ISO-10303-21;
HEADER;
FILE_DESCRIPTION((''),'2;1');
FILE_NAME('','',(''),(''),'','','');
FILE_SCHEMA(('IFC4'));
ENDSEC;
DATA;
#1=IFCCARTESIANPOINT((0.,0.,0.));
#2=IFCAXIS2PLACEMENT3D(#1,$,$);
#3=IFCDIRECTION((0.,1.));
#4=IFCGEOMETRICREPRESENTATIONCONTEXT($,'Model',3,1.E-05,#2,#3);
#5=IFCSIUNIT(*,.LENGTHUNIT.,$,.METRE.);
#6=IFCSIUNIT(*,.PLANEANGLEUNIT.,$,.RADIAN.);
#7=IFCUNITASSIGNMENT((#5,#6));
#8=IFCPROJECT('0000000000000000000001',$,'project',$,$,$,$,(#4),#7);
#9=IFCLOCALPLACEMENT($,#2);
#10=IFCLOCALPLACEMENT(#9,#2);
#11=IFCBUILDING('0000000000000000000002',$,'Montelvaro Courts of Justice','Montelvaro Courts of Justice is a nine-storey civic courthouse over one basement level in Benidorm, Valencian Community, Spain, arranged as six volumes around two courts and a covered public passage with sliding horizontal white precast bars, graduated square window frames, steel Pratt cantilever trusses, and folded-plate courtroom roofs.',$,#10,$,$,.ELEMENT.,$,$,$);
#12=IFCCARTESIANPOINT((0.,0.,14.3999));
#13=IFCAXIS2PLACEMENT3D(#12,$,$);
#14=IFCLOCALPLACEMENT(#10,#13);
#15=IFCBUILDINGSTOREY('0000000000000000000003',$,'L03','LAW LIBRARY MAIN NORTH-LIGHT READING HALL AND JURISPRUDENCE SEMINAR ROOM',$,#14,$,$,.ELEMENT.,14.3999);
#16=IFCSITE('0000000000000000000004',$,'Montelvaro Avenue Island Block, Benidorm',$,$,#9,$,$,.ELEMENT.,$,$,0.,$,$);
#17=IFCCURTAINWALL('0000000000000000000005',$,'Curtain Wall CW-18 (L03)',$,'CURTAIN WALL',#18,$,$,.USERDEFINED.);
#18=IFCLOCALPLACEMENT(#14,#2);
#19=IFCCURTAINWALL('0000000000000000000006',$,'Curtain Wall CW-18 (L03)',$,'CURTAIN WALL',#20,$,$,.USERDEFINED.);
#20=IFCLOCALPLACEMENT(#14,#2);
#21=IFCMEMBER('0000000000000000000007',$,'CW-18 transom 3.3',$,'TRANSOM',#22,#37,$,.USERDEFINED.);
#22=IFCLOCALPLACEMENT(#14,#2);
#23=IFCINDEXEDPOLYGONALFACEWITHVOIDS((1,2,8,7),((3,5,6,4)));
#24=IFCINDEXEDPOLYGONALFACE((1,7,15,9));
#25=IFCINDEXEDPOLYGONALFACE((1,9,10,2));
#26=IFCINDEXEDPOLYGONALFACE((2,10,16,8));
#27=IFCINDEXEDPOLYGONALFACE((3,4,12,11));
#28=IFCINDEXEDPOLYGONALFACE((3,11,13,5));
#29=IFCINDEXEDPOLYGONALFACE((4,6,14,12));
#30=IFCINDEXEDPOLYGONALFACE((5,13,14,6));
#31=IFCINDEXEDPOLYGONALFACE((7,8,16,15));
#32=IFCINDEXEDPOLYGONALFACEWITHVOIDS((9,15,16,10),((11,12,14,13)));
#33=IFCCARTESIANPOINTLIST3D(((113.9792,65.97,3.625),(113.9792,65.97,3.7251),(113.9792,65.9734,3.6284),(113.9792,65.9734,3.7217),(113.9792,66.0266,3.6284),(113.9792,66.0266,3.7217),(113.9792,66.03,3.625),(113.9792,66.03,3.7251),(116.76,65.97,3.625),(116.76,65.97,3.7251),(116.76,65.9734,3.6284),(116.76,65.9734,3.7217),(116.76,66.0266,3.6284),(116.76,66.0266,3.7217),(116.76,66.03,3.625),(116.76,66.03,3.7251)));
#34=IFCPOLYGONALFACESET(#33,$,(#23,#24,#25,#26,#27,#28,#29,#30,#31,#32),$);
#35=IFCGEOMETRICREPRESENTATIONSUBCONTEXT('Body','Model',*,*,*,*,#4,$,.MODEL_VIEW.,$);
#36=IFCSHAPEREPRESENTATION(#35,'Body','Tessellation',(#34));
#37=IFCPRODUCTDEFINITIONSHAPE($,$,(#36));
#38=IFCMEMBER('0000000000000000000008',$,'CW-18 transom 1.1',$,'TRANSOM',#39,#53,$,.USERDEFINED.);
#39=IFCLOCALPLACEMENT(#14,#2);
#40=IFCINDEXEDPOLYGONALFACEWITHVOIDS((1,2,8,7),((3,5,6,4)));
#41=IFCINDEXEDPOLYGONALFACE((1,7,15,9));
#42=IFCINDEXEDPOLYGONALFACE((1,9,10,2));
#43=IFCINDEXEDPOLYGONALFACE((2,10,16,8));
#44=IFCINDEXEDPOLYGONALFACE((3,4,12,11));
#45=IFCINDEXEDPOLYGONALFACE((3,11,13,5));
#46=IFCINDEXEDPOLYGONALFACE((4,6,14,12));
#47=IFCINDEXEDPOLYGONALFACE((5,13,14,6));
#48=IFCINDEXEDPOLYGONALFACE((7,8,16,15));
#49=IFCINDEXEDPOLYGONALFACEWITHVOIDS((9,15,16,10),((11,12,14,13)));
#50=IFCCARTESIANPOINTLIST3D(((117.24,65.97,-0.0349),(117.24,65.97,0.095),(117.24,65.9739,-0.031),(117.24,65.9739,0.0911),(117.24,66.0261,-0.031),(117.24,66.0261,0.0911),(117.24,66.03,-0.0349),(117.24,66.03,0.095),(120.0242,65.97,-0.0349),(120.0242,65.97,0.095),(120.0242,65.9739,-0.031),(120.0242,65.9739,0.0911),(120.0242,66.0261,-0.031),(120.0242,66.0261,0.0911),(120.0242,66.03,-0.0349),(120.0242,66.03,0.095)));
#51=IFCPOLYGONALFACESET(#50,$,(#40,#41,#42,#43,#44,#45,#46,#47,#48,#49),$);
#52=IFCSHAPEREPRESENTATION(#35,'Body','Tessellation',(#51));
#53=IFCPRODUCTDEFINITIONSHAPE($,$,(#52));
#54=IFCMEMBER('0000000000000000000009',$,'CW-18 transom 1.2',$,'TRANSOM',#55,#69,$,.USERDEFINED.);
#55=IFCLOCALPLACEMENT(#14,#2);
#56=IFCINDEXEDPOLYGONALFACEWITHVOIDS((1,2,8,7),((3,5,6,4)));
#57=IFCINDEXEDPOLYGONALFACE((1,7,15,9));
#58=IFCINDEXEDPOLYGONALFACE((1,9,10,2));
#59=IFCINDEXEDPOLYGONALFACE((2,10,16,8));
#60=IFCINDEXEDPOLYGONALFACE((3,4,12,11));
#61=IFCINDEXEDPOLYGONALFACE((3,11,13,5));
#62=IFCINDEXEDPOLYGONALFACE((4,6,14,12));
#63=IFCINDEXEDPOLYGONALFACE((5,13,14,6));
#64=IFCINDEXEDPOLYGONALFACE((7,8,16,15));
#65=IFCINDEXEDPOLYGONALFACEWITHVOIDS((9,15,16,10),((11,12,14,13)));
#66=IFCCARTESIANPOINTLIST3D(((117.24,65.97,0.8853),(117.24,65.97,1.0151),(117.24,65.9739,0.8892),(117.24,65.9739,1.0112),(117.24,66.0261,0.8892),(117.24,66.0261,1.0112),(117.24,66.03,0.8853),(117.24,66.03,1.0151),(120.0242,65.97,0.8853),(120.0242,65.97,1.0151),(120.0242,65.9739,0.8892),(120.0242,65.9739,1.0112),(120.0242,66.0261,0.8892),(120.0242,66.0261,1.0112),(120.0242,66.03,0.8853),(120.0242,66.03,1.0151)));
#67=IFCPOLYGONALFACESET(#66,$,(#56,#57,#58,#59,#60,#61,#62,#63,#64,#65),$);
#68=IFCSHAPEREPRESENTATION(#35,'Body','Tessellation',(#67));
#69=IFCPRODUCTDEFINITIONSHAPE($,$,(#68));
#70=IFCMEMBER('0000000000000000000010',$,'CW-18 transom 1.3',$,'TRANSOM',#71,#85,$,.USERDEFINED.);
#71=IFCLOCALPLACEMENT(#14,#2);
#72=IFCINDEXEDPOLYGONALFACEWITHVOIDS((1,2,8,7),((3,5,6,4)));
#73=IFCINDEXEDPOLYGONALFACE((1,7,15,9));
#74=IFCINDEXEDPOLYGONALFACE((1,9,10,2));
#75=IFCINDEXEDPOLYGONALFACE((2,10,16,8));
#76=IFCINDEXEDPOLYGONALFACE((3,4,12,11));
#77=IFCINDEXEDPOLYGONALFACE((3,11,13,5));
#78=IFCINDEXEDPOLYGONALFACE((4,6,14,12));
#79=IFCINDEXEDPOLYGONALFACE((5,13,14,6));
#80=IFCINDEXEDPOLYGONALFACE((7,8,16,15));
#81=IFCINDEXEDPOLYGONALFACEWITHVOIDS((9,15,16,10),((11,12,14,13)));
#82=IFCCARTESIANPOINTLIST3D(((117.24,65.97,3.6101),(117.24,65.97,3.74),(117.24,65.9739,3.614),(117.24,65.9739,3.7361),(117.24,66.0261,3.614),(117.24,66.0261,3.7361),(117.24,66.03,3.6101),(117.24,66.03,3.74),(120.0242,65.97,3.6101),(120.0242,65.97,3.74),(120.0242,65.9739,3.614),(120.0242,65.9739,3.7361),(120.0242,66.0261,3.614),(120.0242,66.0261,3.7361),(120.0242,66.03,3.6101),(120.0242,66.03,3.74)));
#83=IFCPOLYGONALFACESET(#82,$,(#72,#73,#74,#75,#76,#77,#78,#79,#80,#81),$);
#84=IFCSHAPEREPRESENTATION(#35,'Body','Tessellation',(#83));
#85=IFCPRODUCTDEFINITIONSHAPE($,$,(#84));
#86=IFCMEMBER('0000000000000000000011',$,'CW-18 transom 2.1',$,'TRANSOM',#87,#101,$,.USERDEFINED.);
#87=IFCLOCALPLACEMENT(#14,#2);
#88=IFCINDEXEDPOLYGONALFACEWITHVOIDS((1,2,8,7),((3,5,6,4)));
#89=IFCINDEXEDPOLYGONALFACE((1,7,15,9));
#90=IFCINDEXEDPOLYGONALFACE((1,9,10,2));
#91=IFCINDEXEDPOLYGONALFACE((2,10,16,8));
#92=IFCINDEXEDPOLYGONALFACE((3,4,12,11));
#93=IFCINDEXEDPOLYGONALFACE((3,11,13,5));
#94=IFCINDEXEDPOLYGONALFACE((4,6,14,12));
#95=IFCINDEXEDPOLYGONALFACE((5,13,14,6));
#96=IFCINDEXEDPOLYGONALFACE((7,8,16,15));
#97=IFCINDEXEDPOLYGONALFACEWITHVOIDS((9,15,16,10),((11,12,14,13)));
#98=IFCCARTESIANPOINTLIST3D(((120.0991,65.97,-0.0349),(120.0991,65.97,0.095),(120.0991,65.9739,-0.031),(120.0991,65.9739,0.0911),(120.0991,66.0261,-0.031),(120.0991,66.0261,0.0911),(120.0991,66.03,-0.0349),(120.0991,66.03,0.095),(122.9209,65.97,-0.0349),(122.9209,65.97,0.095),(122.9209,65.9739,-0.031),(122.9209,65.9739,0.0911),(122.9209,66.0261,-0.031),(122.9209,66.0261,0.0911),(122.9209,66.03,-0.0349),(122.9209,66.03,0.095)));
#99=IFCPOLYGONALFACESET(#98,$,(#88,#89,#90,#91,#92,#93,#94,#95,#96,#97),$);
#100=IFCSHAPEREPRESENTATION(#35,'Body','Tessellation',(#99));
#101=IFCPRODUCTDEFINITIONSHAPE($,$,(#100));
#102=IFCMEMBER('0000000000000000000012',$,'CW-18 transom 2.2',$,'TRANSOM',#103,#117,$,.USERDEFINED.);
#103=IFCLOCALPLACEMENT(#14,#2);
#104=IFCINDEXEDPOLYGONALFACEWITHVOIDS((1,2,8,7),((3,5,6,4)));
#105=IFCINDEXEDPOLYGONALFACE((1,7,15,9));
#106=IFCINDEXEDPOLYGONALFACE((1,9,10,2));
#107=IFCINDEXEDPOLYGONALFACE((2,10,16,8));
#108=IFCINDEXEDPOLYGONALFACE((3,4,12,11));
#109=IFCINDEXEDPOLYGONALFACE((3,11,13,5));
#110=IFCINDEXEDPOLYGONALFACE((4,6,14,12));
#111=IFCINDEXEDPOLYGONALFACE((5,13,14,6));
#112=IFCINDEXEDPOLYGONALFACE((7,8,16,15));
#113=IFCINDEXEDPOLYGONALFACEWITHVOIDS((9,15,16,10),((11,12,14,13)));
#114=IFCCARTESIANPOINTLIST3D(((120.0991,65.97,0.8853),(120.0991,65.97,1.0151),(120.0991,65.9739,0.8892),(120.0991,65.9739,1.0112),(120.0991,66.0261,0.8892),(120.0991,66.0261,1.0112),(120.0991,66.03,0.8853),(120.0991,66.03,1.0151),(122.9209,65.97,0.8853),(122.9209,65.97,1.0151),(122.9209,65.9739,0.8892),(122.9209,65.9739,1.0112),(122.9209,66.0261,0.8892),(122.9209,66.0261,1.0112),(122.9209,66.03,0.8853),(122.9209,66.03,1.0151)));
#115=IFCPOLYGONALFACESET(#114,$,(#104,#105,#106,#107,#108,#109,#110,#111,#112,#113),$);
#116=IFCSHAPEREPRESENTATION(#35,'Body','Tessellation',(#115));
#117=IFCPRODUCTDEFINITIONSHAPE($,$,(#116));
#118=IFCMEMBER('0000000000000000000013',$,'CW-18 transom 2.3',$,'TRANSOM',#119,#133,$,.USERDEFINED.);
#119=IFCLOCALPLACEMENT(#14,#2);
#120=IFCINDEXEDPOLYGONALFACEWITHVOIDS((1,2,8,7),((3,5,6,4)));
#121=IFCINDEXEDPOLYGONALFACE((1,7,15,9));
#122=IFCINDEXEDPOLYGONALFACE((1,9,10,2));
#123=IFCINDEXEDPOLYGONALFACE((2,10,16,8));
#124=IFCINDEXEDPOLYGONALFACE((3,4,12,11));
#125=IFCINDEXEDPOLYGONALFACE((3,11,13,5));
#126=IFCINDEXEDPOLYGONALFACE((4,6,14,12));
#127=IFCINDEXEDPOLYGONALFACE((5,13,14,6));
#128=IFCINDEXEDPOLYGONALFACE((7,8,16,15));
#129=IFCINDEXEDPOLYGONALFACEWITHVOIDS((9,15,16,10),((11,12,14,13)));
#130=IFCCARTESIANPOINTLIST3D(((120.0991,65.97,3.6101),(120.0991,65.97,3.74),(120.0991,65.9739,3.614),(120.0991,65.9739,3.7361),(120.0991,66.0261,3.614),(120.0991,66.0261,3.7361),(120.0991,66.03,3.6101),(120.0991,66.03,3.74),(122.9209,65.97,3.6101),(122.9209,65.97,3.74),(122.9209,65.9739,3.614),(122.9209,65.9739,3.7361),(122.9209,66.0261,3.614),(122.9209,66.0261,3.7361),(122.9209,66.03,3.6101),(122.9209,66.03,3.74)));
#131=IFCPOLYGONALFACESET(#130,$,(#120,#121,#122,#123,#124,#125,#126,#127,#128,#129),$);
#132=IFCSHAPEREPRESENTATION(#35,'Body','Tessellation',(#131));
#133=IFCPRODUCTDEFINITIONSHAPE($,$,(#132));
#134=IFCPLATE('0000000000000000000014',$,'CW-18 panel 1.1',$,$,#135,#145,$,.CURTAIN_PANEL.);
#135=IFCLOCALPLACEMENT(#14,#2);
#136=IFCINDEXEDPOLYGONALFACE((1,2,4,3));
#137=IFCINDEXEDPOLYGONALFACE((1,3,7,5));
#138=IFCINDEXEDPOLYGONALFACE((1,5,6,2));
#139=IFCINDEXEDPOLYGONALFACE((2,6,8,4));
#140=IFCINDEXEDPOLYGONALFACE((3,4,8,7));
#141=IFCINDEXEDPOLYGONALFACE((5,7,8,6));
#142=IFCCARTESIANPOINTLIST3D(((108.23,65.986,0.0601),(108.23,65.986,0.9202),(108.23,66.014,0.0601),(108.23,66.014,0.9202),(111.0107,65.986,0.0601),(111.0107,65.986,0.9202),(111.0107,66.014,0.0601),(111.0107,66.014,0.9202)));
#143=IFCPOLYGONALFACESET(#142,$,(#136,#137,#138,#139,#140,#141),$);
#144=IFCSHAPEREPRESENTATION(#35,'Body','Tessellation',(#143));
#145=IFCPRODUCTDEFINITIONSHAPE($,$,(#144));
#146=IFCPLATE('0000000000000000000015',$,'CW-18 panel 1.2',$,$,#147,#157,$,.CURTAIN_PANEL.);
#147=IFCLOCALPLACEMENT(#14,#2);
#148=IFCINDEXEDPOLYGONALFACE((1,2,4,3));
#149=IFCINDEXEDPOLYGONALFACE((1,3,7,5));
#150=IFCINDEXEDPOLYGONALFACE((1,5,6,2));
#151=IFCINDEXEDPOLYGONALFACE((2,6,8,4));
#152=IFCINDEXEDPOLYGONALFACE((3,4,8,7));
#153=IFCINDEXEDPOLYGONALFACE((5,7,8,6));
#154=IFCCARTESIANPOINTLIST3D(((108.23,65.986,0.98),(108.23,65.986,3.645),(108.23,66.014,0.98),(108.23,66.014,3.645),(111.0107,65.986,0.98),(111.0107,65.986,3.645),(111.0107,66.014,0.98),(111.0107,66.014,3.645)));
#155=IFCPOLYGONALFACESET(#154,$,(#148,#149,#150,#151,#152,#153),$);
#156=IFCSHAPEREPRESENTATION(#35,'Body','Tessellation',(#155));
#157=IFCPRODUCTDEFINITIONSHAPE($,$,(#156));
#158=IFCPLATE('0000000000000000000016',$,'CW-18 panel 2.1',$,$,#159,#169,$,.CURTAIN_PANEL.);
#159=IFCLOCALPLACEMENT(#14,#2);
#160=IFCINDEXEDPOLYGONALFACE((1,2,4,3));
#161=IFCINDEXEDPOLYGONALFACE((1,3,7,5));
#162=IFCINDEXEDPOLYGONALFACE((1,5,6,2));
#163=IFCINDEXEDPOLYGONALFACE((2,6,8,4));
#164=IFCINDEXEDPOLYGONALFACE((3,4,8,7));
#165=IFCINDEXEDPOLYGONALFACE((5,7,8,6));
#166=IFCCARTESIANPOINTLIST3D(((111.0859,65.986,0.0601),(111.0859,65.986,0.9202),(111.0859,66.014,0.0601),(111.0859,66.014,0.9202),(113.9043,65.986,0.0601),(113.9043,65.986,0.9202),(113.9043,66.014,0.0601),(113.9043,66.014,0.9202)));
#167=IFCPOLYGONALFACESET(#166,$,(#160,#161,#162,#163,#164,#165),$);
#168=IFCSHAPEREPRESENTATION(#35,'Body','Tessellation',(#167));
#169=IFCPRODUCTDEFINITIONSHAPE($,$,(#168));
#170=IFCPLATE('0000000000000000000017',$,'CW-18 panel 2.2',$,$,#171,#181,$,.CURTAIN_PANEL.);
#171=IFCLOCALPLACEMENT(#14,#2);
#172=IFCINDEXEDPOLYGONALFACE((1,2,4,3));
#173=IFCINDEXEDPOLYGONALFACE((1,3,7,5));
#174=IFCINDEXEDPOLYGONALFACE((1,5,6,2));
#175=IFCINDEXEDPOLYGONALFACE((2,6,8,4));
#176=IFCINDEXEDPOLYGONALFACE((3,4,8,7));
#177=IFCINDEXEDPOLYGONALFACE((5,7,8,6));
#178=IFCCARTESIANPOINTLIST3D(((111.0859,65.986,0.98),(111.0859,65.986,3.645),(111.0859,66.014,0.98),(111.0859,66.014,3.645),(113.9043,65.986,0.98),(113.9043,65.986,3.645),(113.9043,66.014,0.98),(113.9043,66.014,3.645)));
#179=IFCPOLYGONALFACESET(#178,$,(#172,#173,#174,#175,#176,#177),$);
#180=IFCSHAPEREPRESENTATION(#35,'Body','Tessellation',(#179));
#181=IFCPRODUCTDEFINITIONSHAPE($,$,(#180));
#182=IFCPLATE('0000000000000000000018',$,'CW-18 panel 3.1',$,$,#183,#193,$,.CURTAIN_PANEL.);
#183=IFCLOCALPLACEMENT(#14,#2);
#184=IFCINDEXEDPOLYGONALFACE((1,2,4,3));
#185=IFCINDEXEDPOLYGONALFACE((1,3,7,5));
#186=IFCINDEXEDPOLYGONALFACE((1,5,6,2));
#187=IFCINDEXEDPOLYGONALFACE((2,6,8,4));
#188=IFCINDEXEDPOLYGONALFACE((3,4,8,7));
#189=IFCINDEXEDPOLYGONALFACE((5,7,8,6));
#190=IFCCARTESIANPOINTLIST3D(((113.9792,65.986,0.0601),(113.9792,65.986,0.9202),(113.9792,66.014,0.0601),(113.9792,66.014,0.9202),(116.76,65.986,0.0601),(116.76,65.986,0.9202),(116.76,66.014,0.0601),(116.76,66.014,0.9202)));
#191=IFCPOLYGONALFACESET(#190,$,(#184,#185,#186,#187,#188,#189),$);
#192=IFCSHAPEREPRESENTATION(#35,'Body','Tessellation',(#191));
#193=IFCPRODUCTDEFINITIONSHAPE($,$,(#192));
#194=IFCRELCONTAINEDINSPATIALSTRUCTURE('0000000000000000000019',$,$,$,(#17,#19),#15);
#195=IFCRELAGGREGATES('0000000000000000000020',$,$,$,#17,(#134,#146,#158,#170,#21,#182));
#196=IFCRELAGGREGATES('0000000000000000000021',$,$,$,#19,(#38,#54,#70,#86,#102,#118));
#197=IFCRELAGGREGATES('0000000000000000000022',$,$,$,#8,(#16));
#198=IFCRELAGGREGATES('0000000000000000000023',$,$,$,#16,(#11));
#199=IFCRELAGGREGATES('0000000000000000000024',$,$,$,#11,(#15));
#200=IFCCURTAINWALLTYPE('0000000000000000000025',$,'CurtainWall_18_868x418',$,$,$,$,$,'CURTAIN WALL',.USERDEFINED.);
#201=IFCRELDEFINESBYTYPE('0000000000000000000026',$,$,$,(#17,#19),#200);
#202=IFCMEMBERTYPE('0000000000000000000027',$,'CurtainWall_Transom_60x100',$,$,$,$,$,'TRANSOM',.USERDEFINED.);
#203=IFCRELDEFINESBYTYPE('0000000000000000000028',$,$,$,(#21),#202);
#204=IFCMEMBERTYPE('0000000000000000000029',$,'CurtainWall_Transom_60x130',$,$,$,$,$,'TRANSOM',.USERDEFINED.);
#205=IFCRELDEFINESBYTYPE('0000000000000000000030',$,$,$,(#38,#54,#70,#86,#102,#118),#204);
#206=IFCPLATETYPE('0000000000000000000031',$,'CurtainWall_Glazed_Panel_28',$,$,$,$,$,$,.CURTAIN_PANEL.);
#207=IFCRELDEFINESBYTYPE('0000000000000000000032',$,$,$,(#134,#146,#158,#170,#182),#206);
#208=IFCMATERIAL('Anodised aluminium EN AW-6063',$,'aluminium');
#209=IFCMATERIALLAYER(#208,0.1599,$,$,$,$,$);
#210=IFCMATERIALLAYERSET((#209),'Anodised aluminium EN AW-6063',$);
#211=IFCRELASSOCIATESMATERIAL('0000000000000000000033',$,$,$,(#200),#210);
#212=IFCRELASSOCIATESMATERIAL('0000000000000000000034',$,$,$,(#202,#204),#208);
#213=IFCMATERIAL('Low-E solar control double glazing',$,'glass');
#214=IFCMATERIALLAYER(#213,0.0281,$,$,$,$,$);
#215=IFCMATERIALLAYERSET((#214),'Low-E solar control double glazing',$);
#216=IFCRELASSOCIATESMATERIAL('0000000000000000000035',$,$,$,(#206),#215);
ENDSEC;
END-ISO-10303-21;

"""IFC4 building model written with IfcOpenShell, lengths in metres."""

from ifc_helpers import new_model, si_unit, direction, frame, origin, origin_2d, place, context, subcontext, project, spatial, rectangle, hollow_rectangle, extrude, material, layer, layer_set, material_profile, profile_set, type_object, element, aggregate, save


model = new_model("IFC4")

# Units and contexts
model_context = context("Model", 3, precision=1e-05, world=origin(), true_north=direction((0.0, 1.0)))
body_context = subcontext(model_context, "Body", "Model", "MODEL_VIEW")
ifc_project = project(units=[si_unit("LENGTHUNIT", "METRE"), si_unit("PLANEANGLEUNIT", "RADIAN")], contexts=[model_context])

# Site, building, storey
site_placement = place(None, origin())
site = spatial("IfcSite", under=ifc_project, at=site_placement, Name="Montelvaro Avenue Island Block, Benidorm", CompositionType="ELEMENT", RefElevation=0.0)
building_placement = place(site_placement, origin())
building = spatial("IfcBuilding", under=site, at=building_placement, Name="Montelvaro Courts of Justice", Description="Montelvaro Courts of Justice is a nine-storey civic courthouse over one basement level in Benidorm, Valencian Community, Spain, arranged as six volumes around two courts and a covered public passage with sliding horizontal white precast bars, graduated square window frames, steel Pratt cantilever trusses, and folded-plate courtroom roofs.", CompositionType="ELEMENT")
storey_placement = place(building_placement, frame((0.0, 0.0, 14.3999)))
storey = spatial("IfcBuildingStorey", under=building, at=storey_placement, Name="L03", Description="LAW LIBRARY MAIN NORTH-LIGHT READING HALL AND JURISPRUDENCE SEMINAR ROOM", CompositionType="ELEMENT", Elevation=14.3999)

# Curtain walls
ifc_material_1 = material(Name="Anodised aluminium EN AW-6063", Category="aluminium")
ifc_layer_1 = layer(ifc_material_1, 0.1599)
ifc_layer_set_1 = layer_set([ifc_layer_1], Name="Anodised aluminium EN AW-6063")
curtain_wall_type = type_object("IfcCurtainWallType", Name="CurtainWall_18_868x418", ElementType="CURTAIN WALL", PredefinedType="USERDEFINED", material=ifc_layer_set_1)
curtain_wall_1_placement = place(storey_placement, origin())
curtain_wall_1 = element("IfcCurtainWall", 1, at=curtain_wall_1_placement, inside=storey, type_object=curtain_wall_type, Name="Curtain Wall CW-18 (L03)", ObjectType="CURTAIN WALL", PredefinedType="USERDEFINED")
curtain_wall_2_placement = place(storey_placement, origin())
curtain_wall_2 = element("IfcCurtainWall", 2, at=curtain_wall_2_placement, inside=storey, type_object=curtain_wall_type, Name="Curtain Wall CW-18 (L03)", ObjectType="CURTAIN WALL", PredefinedType="USERDEFINED")

# Members
ifc_material_profile_1 = material_profile(ifc_material_1, hollow_rectangle(XDim=0.0601, YDim=0.1001, WallThickness=0.0034, at=origin_2d()), Name="ALU-T 60x100")
ifc_profile_set_1 = profile_set([ifc_material_profile_1], Name="Anodised aluminium EN AW-6063")
member_type_1 = type_object("IfcMemberType", Name="CurtainWall_Transom_60x100", ElementType="TRANSOM", PredefinedType="USERDEFINED", material=ifc_profile_set_1)
member_1_placement = place(storey_placement, frame((113.9792, 66.0, 3.675), z_axis=(1.0, 0.0, 0.0), x_axis=(0.0, 1.0, 0.0)))
member_1 = element("IfcMember", 3, at=member_1_placement, type_object=member_type_1, Name="CW-18 transom 3.3", ObjectType="TRANSOM", PredefinedType="USERDEFINED", context=body_context, shape_type="SweptSolid", body=[
    extrude(hollow_rectangle(XDim=0.0601, YDim=0.1001, WallThickness=0.0034, at=origin_2d()), origin(), (0.0, 0.0, 1.0), 2.7808),
])
ifc_material_profile_2 = material_profile(ifc_material_1, hollow_rectangle(XDim=0.0601, YDim=0.1299, WallThickness=0.0039, at=origin_2d()), Name="ALU-T 60x130")
ifc_profile_set_2 = profile_set([ifc_material_profile_2], Name="Anodised aluminium EN AW-6063")
member_type_2 = type_object("IfcMemberType", Name="CurtainWall_Transom_60x130", ElementType="TRANSOM", PredefinedType="USERDEFINED", material=ifc_profile_set_2)
member_2_placement = place(storey_placement, frame((117.24, 66.0, 0.03), z_axis=(1.0, 0.0, 0.0), x_axis=(0.0, 1.0, 0.0)))
member_2 = element("IfcMember", 4, at=member_2_placement, type_object=member_type_2, Name="CW-18 transom 1.1", ObjectType="TRANSOM", PredefinedType="USERDEFINED", context=body_context, shape_type="SweptSolid", body=[
    extrude(hollow_rectangle(XDim=0.0601, YDim=0.1299, WallThickness=0.0039, at=origin_2d()), origin(), (0.0, 0.0, 1.0), 2.7842),
])
member_3_placement = place(storey_placement, frame((117.24, 66.0, 0.9502), z_axis=(1.0, 0.0, 0.0), x_axis=(0.0, 1.0, 0.0)))
member_3 = element("IfcMember", 5, at=member_3_placement, type_object=member_type_2, Name="CW-18 transom 1.2", ObjectType="TRANSOM", PredefinedType="USERDEFINED", context=body_context, shape_type="SweptSolid", body=[
    extrude(hollow_rectangle(XDim=0.0601, YDim=0.1299, WallThickness=0.0039, at=origin_2d()), origin(), (0.0, 0.0, 1.0), 2.7842),
])
member_4_placement = place(storey_placement, frame((117.24, 66.0, 3.675), z_axis=(1.0, 0.0, 0.0), x_axis=(0.0, 1.0, 0.0)))
member_4 = element("IfcMember", 6, at=member_4_placement, type_object=member_type_2, Name="CW-18 transom 1.3", ObjectType="TRANSOM", PredefinedType="USERDEFINED", context=body_context, shape_type="SweptSolid", body=[
    extrude(hollow_rectangle(XDim=0.0601, YDim=0.1299, WallThickness=0.0039, at=origin_2d()), origin(), (0.0, 0.0, 1.0), 2.7842),
])
member_5_placement = place(storey_placement, frame((120.0991, 66.0, 0.03), z_axis=(1.0, 0.0, 0.0), x_axis=(0.0, 1.0, 0.0)))
member_5 = element("IfcMember", 7, at=member_5_placement, type_object=member_type_2, Name="CW-18 transom 2.1", ObjectType="TRANSOM", PredefinedType="USERDEFINED", context=body_context, shape_type="SweptSolid", body=[
    extrude(hollow_rectangle(XDim=0.0601, YDim=0.1299, WallThickness=0.0039, at=origin_2d()), origin(), (0.0, 0.0, 1.0), 2.8218),
])
member_6_placement = place(storey_placement, frame((120.0991, 66.0, 0.9502), z_axis=(1.0, 0.0, 0.0), x_axis=(0.0, 1.0, 0.0)))
member_6 = element("IfcMember", 8, at=member_6_placement, type_object=member_type_2, Name="CW-18 transom 2.2", ObjectType="TRANSOM", PredefinedType="USERDEFINED", context=body_context, shape_type="SweptSolid", body=[
    extrude(hollow_rectangle(XDim=0.0601, YDim=0.1299, WallThickness=0.0039, at=origin_2d()), origin(), (0.0, 0.0, 1.0), 2.8218),
])
member_7_placement = place(storey_placement, frame((120.0991, 66.0, 3.675), z_axis=(1.0, 0.0, 0.0), x_axis=(0.0, 1.0, 0.0)))
member_7 = element("IfcMember", 9, at=member_7_placement, type_object=member_type_2, Name="CW-18 transom 2.3", ObjectType="TRANSOM", PredefinedType="USERDEFINED", context=body_context, shape_type="SweptSolid", body=[
    extrude(hollow_rectangle(XDim=0.0601, YDim=0.1299, WallThickness=0.0039, at=origin_2d()), origin(), (0.0, 0.0, 1.0), 2.8218),
])

# Plates
ifc_material_2 = material(Name="Low-E solar control double glazing", Category="glass")
ifc_layer_2 = layer(ifc_material_2, 0.0281)
ifc_layer_set_2 = layer_set([ifc_layer_2], Name="Low-E solar control double glazing")
plate_type = type_object("IfcPlateType", Name="CurtainWall_Glazed_Panel_28", PredefinedType="CURTAIN_PANEL", material=ifc_layer_set_2)
plate_1_placement = place(storey_placement, frame((109.6204, 66.0, 0.0601), z_axis=(0.0, 0.0, 1.0), x_axis=(1.0, 0.0, 0.0)))
plate_1 = element("IfcPlate", 10, at=plate_1_placement, type_object=plate_type, Name="CW-18 panel 1.1", PredefinedType="CURTAIN_PANEL", context=body_context, shape_type="SweptSolid", body=[
    extrude(rectangle(XDim=2.7808, YDim=0.0281, at=origin_2d()), origin(), (0.0, 0.0, 1.0), 0.8601),
])
plate_2_placement = place(storey_placement, frame((109.6204, 66.0, 0.98), z_axis=(0.0, 0.0, 1.0), x_axis=(1.0, 0.0, 0.0)))
plate_2 = element("IfcPlate", 11, at=plate_2_placement, type_object=plate_type, Name="CW-18 panel 1.2", PredefinedType="CURTAIN_PANEL", context=body_context, shape_type="SweptSolid", body=[
    extrude(rectangle(XDim=2.7808, YDim=0.0281, at=origin_2d()), origin(), (0.0, 0.0, 1.0), 2.665),
])
plate_3_placement = place(storey_placement, frame((112.4951, 66.0, 0.0601), z_axis=(0.0, 0.0, 1.0), x_axis=(1.0, 0.0, 0.0)))
plate_3 = element("IfcPlate", 12, at=plate_3_placement, type_object=plate_type, Name="CW-18 panel 2.1", PredefinedType="CURTAIN_PANEL", context=body_context, shape_type="SweptSolid", body=[
    extrude(rectangle(XDim=2.8184, YDim=0.0281, at=origin_2d()), origin(), (0.0, 0.0, 1.0), 0.8601),
])
plate_4_placement = place(storey_placement, frame((112.4951, 66.0, 0.98), z_axis=(0.0, 0.0, 1.0), x_axis=(1.0, 0.0, 0.0)))
plate_4 = element("IfcPlate", 13, at=plate_4_placement, type_object=plate_type, Name="CW-18 panel 2.2", PredefinedType="CURTAIN_PANEL", context=body_context, shape_type="SweptSolid", body=[
    extrude(rectangle(XDim=2.8184, YDim=0.0281, at=origin_2d()), origin(), (0.0, 0.0, 1.0), 2.665),
])
plate_5_placement = place(storey_placement, frame((115.3696, 66.0, 0.0601), z_axis=(0.0, 0.0, 1.0), x_axis=(1.0, 0.0, 0.0)))
plate_5 = element("IfcPlate", 14, at=plate_5_placement, type_object=plate_type, Name="CW-18 panel 3.1", PredefinedType="CURTAIN_PANEL", context=body_context, shape_type="SweptSolid", body=[
    extrude(rectangle(XDim=2.7808, YDim=0.0281, at=origin_2d()), origin(), (0.0, 0.0, 1.0), 0.8601),
])
aggregate(curtain_wall_1, [plate_1, plate_2, plate_3, plate_4, member_1, plate_5])
aggregate(curtain_wall_2, [member_2, member_3, member_4, member_5, member_6, member_7])

save(model, "model.ifc")
